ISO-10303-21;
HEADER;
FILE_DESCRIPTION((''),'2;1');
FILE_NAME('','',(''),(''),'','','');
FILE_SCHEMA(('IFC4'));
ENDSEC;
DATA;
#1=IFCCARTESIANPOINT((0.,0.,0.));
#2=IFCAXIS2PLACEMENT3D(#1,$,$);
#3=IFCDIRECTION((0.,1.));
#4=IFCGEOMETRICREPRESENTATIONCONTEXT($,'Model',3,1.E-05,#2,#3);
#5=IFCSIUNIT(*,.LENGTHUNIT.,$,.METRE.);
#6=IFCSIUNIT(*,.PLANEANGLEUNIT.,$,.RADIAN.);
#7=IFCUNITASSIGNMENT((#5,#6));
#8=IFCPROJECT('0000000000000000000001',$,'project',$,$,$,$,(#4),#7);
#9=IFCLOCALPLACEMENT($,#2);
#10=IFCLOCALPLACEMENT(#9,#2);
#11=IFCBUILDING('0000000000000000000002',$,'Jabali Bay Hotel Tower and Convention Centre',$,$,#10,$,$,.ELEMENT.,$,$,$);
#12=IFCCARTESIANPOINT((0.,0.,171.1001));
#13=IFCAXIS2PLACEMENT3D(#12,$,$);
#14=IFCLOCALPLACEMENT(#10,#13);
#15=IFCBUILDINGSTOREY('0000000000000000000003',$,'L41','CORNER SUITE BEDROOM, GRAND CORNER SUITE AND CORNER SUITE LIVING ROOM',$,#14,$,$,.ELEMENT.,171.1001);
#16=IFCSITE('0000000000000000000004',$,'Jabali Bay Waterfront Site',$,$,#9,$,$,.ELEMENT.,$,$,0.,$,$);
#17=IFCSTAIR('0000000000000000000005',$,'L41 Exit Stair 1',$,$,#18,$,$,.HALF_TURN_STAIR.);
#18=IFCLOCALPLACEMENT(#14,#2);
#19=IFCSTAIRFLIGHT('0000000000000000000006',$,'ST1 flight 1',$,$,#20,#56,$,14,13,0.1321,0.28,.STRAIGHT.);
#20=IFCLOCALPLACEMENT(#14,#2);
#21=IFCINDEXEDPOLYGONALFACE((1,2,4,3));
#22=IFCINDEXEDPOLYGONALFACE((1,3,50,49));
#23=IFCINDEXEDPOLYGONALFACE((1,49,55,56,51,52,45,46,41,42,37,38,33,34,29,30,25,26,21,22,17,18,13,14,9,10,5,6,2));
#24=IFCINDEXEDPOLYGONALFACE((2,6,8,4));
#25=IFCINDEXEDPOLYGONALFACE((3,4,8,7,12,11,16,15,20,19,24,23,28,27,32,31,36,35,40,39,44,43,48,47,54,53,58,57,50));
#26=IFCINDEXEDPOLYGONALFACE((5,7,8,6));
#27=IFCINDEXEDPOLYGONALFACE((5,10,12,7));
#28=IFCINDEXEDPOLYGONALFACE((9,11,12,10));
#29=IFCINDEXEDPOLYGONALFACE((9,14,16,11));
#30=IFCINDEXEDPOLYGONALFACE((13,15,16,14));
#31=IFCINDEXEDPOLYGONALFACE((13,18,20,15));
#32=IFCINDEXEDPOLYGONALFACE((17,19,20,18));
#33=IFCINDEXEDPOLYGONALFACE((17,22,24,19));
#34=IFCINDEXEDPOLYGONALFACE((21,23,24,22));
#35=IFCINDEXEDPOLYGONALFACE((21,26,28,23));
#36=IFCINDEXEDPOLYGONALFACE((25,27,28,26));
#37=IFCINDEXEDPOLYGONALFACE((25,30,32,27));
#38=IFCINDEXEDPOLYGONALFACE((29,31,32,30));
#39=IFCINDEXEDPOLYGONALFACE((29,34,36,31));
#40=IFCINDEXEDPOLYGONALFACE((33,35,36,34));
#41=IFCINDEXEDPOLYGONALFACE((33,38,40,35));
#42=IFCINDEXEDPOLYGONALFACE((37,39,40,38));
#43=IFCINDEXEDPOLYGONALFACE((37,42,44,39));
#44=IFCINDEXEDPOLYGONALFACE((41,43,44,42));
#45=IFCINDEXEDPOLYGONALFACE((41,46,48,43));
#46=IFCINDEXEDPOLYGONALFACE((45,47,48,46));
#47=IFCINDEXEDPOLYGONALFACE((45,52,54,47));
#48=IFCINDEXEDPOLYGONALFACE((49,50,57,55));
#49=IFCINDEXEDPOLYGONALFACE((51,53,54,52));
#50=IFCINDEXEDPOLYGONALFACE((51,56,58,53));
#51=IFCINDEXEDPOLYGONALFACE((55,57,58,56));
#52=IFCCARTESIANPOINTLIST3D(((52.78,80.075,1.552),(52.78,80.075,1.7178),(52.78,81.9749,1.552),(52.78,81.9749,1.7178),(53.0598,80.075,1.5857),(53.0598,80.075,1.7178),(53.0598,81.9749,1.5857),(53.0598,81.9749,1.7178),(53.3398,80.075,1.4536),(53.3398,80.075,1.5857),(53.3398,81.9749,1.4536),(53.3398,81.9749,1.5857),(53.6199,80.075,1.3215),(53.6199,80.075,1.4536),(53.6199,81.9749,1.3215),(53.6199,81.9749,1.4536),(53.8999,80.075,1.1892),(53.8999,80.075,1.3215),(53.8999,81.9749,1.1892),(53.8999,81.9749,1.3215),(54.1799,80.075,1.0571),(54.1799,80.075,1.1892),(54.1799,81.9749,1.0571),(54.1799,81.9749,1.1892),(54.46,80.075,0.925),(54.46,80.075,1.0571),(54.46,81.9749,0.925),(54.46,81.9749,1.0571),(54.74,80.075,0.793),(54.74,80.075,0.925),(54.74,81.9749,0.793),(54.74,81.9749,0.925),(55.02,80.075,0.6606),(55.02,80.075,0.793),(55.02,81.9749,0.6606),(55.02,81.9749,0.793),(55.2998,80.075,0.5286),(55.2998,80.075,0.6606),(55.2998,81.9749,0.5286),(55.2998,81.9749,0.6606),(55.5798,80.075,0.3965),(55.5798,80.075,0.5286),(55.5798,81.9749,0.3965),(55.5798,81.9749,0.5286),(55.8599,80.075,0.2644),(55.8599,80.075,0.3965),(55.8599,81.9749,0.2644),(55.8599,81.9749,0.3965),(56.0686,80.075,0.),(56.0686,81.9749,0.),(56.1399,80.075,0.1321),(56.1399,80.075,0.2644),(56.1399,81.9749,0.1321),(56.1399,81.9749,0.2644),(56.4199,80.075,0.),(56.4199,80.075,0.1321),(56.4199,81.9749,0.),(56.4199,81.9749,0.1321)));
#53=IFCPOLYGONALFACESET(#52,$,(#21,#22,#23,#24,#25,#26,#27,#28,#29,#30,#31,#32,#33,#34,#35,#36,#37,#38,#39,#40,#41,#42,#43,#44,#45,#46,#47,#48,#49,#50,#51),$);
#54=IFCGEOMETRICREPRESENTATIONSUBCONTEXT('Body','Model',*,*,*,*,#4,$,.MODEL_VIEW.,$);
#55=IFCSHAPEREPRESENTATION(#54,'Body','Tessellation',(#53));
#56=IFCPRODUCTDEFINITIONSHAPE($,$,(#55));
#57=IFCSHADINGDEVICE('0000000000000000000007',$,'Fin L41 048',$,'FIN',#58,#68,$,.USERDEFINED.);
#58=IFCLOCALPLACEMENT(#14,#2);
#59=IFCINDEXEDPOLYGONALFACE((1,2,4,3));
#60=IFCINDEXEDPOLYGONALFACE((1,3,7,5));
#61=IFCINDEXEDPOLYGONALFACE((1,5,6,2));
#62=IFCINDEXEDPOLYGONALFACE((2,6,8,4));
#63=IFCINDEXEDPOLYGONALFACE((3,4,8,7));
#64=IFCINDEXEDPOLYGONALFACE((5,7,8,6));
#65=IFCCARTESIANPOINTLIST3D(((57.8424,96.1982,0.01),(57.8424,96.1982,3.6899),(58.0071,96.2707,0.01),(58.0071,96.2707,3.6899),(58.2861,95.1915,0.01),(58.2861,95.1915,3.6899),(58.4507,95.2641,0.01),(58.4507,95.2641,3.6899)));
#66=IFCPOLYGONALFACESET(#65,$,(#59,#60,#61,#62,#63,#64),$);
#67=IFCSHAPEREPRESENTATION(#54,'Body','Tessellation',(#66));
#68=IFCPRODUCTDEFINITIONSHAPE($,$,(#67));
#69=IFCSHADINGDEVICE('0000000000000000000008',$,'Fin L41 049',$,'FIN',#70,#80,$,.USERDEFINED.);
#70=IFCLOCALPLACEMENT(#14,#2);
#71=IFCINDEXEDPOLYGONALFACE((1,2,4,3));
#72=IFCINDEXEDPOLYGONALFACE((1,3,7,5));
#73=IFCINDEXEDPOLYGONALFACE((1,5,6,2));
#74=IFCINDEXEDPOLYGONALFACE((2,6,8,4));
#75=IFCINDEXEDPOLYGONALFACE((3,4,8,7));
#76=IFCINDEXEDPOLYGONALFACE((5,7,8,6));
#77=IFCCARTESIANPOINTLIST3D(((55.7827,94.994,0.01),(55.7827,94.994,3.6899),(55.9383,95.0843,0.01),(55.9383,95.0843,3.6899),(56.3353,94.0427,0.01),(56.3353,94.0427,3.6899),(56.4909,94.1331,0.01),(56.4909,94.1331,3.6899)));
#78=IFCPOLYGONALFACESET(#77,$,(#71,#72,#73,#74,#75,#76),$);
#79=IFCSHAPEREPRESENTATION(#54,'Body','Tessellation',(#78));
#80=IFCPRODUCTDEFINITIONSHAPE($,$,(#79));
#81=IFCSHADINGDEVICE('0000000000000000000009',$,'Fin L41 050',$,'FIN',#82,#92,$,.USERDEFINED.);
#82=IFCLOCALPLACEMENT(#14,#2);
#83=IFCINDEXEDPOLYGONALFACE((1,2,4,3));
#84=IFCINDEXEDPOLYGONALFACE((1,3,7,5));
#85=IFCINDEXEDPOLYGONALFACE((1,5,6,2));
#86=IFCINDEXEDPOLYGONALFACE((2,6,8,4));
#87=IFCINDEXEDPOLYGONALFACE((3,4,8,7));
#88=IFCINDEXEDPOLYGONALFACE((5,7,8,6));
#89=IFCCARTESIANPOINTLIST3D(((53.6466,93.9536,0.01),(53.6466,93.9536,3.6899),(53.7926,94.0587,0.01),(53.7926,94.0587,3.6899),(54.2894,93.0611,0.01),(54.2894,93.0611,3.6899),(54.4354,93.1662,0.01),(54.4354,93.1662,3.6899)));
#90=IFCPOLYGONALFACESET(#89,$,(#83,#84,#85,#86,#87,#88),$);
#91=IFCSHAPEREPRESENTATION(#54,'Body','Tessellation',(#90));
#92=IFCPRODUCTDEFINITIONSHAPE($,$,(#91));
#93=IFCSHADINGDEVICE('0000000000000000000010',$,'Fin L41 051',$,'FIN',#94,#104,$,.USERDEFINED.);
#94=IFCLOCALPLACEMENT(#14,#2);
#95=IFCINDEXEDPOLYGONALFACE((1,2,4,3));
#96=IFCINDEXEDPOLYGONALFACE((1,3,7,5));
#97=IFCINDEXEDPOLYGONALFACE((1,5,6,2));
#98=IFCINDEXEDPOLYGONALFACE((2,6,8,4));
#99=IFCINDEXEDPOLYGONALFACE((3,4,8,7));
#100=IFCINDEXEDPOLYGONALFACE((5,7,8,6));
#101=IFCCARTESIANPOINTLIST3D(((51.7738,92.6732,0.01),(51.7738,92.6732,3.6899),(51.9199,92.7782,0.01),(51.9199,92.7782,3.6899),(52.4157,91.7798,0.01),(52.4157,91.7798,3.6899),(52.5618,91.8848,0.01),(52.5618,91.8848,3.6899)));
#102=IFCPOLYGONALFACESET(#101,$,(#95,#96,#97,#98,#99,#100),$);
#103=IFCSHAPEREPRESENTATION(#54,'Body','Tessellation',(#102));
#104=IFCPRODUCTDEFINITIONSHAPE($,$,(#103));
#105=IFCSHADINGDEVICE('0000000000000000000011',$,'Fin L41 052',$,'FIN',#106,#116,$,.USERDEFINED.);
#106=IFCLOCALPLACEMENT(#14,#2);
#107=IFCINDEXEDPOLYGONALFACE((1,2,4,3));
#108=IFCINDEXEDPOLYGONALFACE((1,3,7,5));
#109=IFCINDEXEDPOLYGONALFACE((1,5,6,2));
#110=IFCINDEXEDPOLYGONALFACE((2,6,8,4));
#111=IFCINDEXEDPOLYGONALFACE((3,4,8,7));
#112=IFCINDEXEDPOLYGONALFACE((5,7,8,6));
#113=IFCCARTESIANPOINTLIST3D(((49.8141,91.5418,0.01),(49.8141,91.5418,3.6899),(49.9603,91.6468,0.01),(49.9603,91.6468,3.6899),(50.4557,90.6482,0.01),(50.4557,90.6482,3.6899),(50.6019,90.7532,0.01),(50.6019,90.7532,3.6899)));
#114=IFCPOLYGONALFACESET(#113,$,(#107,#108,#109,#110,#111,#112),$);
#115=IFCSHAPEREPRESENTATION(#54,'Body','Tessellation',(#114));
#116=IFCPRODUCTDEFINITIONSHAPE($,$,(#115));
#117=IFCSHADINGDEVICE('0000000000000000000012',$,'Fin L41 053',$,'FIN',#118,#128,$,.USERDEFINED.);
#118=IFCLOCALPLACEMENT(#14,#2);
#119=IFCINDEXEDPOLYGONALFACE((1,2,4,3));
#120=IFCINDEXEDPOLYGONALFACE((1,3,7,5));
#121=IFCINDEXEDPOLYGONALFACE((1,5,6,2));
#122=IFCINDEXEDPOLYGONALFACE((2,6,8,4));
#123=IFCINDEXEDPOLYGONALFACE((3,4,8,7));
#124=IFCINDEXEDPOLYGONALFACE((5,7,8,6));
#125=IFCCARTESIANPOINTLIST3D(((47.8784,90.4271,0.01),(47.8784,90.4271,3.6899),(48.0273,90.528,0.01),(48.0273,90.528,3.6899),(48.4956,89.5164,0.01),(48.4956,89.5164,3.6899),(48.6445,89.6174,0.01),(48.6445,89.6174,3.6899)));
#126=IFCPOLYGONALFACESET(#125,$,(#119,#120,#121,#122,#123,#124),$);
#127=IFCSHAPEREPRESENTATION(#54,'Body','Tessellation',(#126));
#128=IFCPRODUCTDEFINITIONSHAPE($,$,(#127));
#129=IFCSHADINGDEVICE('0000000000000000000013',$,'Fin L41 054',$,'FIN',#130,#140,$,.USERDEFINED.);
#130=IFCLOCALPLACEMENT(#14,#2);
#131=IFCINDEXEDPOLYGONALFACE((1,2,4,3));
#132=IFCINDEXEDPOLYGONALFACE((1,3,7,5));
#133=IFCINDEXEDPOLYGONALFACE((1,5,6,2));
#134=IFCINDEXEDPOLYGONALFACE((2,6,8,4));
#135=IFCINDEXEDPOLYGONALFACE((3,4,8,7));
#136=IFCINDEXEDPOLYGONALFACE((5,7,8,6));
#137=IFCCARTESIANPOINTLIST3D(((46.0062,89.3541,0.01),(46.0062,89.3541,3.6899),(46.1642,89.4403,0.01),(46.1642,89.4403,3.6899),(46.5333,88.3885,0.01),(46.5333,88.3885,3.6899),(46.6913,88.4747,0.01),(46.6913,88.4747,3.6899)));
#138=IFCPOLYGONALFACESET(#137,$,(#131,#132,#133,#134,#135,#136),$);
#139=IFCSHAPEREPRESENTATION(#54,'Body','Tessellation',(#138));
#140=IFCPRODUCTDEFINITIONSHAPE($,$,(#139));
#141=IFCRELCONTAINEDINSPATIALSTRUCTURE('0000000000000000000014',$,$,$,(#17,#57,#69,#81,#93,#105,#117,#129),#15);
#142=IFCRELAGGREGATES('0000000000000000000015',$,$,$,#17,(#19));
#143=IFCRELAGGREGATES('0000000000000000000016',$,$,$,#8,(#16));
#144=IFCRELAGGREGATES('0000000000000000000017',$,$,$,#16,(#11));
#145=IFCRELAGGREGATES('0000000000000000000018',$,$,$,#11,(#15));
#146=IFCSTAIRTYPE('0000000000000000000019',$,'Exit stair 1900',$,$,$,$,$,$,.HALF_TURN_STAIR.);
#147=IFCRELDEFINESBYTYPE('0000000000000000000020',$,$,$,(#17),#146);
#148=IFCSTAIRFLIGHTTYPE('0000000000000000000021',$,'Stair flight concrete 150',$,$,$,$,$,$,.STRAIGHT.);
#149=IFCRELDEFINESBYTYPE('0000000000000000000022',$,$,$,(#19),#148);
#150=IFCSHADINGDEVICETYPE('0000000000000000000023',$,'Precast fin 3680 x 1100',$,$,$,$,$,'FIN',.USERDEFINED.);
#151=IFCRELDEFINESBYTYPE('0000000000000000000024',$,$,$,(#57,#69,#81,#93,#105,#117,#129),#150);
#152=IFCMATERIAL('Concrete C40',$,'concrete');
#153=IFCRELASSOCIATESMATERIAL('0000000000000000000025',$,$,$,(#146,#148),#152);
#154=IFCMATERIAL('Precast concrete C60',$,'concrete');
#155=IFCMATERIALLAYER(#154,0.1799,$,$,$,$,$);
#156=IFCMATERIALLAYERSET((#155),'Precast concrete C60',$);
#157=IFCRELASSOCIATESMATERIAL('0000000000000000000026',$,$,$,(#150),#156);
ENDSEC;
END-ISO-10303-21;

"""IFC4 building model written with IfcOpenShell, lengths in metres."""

from ifc_helpers import new_model, si_unit, direction, frame, frame_2d, origin, place, context, subcontext, project, spatial, polyline, rectangle, outline, extrude, material, layer, layer_set, type_object, element, aggregate, save


model = new_model("IFC4")

# Units and contexts
model_context = context("Model", 3, precision=1e-05, world=origin(), true_north=direction((0.0, 1.0)))
body_context = subcontext(model_context, "Body", "Model", "MODEL_VIEW")
ifc_project = project(units=[si_unit("LENGTHUNIT", "METRE"), si_unit("PLANEANGLEUNIT", "RADIAN")], contexts=[model_context])

# Site, building, storey
site_placement = place(None, origin())
site = spatial("IfcSite", under=ifc_project, at=site_placement, Name="Jabali Bay Waterfront Site", CompositionType="ELEMENT", RefElevation=0.0)
building_placement = place(site_placement, origin())
building = spatial("IfcBuilding", under=site, at=building_placement, Name="Jabali Bay Hotel Tower and Convention Centre", CompositionType="ELEMENT")
storey_placement = place(building_placement, frame((0.0, 0.0, 171.1001)))
storey = spatial("IfcBuildingStorey", under=building, at=storey_placement, Name="L41", Description="CORNER SUITE BEDROOM, GRAND CORNER SUITE AND CORNER SUITE LIVING ROOM", CompositionType="ELEMENT", Elevation=171.1001)

# Shared definitions
ifc_material_1 = material(Name="Concrete C40", Category="concrete")

# Stair, stair flight
stair_type = type_object("IfcStairType", Name="Exit stair 1900", PredefinedType="HALF_TURN_STAIR", material=ifc_material_1)
stair_placement = place(storey_placement, origin())
stair = element("IfcStair", 1, at=stair_placement, inside=storey, type_object=stair_type, Name="L41 Exit Stair 1", PredefinedType="HALF_TURN_STAIR")
stair_flight_type = type_object("IfcStairFlightType", Name="Stair flight concrete 150", PredefinedType="STRAIGHT", material=ifc_material_1)
stair_flight_placement = place(storey_placement, frame((56.4199, 81.0249, 0.0), z_axis=(0.0, 0.0, 1.0), x_axis=(-1.0, 0.0, 0.0)))
stair_flight = element("IfcStairFlight", 2, at=stair_flight_placement, type_object=stair_flight_type, Name="ST1 flight 1", NumberOfRisers=14, NumberOfTreads=13, PredefinedType="STRAIGHT", RiserHeight=0.1321, TreadLength=0.28, context=body_context, shape_type="SweptSolid", body=[
    extrude(outline(polyline([(0.0, 0.0), (0.0, 0.1321), (0.28, 0.1321), (0.28, 0.2644), (0.5601, 0.2644), (0.5601, 0.3965), (0.8401, 0.3965), (0.8401, 0.5286), (1.1201, 0.5286), (1.1201, 0.6606), (1.3999, 0.6606), (1.3999, 0.793), (1.6799, 0.793), (1.6799, 0.925), (1.96, 0.925), (1.96, 1.0571), (2.24, 1.0571), (2.24, 1.1892), (2.52, 1.1892), (2.52, 1.3215), (2.8, 1.3215), (2.8, 1.4536), (3.0801, 1.4536), (3.0801, 1.5857), (3.3601, 1.5857), (3.3601, 1.7178), (3.6399, 1.7178), (3.6399, 1.8501), (3.6399, 1.552), (0.3513, 0.0), (0.0, 0.0)])), frame((0.0, 0.95, 0.0), z_axis=(0.0, -1.0, 0.0), x_axis=(1.0, 0.0, 0.0)), (0.0, 0.0, 1.0), 1.8999),
])
aggregate(stair, [stair_flight])

# Shading devices
ifc_material_2 = material(Name="Precast concrete C60", Category="concrete")
ifc_layer_1 = layer(ifc_material_2, 0.1799)
ifc_layer_set_1 = layer_set([ifc_layer_1], Name="Precast concrete C60")
shading_device_type = type_object("IfcShadingDeviceType", Name="Precast fin 3680 x 1100", ElementType="FIN", PredefinedType="USERDEFINED", material=ifc_layer_set_1)
for number, where, z_axis, x_axis, name in (
    (3, (58.3684, 95.2278, 0.01), (0.0, 0.0, 1.0), (-0.403274, 0.915079, 0.0), "Fin L41 048"),
    (4, (56.4131, 94.0879, 0.01), (0.0, 0.0, 1.0), (-0.502269, 0.864711, 0.0), "Fin L41 049"),
):
    element("IfcShadingDevice", number, at=place(storey_placement, frame(where, z_axis=z_axis, x_axis=x_axis)), inside=storey, type_object=shading_device_type, Name=name, ObjectType="FIN", PredefinedType="USERDEFINED", context=body_context, shape_type="SweptSolid", body=[
        extrude(rectangle(XDim=1.1001, YDim=0.1799, at=frame_2d((0.55, 0.0))), origin(), (0.0, 0.0, 1.0), 3.6799),
    ])
shading_device_placement = place(storey_placement, frame((54.3623, 93.1138, 0.01), z_axis=(0.0, 0.0, 1.0), x_axis=(-0.584404, 0.811463, 0.0)))
element("IfcShadingDevice", 5, at=shading_device_placement, inside=storey, type_object=shading_device_type, Name="Fin L41 050", ObjectType="FIN", PredefinedType="USERDEFINED", context=body_context, shape_type="SweptSolid", body=[
    extrude(rectangle(XDim=1.0999, YDim=0.1799, at=frame_2d((0.5498, 0.0))), origin(), (0.0, 0.0, 1.0), 3.6799),
])
for number, where, z_axis, x_axis, name in (
    (6, (52.4888, 91.8323, 0.01), (0.0, 0.0, 1.0), (-0.583503, 0.812111, 0.0), "Fin L41 051"),
    (7, (50.5288, 90.7007, 0.01), (0.0, 0.0, 1.0), (-0.583252, 0.812291, 0.0), "Fin L41 052"),
    (8, (48.5701, 89.5669, 0.01), (0.0, 0.0, 1.0), (-0.561035, 0.827792, 0.0), "Fin L41 053"),
    (9, (46.6123, 88.4316, 0.01), (0.0, 0.0, 1.0), (-0.479148, 0.877734, 0.0), "Fin L41 054"),
):
    element("IfcShadingDevice", number, at=place(storey_placement, frame(where, z_axis=z_axis, x_axis=x_axis)), inside=storey, type_object=shading_device_type, Name=name, ObjectType="FIN", PredefinedType="USERDEFINED", context=body_context, shape_type="SweptSolid", body=[
        extrude(rectangle(XDim=1.1001, YDim=0.1799, at=frame_2d((0.55, 0.0))), origin(), (0.0, 0.0, 1.0), 3.6799),
    ])

save(model, "model.ifc")
